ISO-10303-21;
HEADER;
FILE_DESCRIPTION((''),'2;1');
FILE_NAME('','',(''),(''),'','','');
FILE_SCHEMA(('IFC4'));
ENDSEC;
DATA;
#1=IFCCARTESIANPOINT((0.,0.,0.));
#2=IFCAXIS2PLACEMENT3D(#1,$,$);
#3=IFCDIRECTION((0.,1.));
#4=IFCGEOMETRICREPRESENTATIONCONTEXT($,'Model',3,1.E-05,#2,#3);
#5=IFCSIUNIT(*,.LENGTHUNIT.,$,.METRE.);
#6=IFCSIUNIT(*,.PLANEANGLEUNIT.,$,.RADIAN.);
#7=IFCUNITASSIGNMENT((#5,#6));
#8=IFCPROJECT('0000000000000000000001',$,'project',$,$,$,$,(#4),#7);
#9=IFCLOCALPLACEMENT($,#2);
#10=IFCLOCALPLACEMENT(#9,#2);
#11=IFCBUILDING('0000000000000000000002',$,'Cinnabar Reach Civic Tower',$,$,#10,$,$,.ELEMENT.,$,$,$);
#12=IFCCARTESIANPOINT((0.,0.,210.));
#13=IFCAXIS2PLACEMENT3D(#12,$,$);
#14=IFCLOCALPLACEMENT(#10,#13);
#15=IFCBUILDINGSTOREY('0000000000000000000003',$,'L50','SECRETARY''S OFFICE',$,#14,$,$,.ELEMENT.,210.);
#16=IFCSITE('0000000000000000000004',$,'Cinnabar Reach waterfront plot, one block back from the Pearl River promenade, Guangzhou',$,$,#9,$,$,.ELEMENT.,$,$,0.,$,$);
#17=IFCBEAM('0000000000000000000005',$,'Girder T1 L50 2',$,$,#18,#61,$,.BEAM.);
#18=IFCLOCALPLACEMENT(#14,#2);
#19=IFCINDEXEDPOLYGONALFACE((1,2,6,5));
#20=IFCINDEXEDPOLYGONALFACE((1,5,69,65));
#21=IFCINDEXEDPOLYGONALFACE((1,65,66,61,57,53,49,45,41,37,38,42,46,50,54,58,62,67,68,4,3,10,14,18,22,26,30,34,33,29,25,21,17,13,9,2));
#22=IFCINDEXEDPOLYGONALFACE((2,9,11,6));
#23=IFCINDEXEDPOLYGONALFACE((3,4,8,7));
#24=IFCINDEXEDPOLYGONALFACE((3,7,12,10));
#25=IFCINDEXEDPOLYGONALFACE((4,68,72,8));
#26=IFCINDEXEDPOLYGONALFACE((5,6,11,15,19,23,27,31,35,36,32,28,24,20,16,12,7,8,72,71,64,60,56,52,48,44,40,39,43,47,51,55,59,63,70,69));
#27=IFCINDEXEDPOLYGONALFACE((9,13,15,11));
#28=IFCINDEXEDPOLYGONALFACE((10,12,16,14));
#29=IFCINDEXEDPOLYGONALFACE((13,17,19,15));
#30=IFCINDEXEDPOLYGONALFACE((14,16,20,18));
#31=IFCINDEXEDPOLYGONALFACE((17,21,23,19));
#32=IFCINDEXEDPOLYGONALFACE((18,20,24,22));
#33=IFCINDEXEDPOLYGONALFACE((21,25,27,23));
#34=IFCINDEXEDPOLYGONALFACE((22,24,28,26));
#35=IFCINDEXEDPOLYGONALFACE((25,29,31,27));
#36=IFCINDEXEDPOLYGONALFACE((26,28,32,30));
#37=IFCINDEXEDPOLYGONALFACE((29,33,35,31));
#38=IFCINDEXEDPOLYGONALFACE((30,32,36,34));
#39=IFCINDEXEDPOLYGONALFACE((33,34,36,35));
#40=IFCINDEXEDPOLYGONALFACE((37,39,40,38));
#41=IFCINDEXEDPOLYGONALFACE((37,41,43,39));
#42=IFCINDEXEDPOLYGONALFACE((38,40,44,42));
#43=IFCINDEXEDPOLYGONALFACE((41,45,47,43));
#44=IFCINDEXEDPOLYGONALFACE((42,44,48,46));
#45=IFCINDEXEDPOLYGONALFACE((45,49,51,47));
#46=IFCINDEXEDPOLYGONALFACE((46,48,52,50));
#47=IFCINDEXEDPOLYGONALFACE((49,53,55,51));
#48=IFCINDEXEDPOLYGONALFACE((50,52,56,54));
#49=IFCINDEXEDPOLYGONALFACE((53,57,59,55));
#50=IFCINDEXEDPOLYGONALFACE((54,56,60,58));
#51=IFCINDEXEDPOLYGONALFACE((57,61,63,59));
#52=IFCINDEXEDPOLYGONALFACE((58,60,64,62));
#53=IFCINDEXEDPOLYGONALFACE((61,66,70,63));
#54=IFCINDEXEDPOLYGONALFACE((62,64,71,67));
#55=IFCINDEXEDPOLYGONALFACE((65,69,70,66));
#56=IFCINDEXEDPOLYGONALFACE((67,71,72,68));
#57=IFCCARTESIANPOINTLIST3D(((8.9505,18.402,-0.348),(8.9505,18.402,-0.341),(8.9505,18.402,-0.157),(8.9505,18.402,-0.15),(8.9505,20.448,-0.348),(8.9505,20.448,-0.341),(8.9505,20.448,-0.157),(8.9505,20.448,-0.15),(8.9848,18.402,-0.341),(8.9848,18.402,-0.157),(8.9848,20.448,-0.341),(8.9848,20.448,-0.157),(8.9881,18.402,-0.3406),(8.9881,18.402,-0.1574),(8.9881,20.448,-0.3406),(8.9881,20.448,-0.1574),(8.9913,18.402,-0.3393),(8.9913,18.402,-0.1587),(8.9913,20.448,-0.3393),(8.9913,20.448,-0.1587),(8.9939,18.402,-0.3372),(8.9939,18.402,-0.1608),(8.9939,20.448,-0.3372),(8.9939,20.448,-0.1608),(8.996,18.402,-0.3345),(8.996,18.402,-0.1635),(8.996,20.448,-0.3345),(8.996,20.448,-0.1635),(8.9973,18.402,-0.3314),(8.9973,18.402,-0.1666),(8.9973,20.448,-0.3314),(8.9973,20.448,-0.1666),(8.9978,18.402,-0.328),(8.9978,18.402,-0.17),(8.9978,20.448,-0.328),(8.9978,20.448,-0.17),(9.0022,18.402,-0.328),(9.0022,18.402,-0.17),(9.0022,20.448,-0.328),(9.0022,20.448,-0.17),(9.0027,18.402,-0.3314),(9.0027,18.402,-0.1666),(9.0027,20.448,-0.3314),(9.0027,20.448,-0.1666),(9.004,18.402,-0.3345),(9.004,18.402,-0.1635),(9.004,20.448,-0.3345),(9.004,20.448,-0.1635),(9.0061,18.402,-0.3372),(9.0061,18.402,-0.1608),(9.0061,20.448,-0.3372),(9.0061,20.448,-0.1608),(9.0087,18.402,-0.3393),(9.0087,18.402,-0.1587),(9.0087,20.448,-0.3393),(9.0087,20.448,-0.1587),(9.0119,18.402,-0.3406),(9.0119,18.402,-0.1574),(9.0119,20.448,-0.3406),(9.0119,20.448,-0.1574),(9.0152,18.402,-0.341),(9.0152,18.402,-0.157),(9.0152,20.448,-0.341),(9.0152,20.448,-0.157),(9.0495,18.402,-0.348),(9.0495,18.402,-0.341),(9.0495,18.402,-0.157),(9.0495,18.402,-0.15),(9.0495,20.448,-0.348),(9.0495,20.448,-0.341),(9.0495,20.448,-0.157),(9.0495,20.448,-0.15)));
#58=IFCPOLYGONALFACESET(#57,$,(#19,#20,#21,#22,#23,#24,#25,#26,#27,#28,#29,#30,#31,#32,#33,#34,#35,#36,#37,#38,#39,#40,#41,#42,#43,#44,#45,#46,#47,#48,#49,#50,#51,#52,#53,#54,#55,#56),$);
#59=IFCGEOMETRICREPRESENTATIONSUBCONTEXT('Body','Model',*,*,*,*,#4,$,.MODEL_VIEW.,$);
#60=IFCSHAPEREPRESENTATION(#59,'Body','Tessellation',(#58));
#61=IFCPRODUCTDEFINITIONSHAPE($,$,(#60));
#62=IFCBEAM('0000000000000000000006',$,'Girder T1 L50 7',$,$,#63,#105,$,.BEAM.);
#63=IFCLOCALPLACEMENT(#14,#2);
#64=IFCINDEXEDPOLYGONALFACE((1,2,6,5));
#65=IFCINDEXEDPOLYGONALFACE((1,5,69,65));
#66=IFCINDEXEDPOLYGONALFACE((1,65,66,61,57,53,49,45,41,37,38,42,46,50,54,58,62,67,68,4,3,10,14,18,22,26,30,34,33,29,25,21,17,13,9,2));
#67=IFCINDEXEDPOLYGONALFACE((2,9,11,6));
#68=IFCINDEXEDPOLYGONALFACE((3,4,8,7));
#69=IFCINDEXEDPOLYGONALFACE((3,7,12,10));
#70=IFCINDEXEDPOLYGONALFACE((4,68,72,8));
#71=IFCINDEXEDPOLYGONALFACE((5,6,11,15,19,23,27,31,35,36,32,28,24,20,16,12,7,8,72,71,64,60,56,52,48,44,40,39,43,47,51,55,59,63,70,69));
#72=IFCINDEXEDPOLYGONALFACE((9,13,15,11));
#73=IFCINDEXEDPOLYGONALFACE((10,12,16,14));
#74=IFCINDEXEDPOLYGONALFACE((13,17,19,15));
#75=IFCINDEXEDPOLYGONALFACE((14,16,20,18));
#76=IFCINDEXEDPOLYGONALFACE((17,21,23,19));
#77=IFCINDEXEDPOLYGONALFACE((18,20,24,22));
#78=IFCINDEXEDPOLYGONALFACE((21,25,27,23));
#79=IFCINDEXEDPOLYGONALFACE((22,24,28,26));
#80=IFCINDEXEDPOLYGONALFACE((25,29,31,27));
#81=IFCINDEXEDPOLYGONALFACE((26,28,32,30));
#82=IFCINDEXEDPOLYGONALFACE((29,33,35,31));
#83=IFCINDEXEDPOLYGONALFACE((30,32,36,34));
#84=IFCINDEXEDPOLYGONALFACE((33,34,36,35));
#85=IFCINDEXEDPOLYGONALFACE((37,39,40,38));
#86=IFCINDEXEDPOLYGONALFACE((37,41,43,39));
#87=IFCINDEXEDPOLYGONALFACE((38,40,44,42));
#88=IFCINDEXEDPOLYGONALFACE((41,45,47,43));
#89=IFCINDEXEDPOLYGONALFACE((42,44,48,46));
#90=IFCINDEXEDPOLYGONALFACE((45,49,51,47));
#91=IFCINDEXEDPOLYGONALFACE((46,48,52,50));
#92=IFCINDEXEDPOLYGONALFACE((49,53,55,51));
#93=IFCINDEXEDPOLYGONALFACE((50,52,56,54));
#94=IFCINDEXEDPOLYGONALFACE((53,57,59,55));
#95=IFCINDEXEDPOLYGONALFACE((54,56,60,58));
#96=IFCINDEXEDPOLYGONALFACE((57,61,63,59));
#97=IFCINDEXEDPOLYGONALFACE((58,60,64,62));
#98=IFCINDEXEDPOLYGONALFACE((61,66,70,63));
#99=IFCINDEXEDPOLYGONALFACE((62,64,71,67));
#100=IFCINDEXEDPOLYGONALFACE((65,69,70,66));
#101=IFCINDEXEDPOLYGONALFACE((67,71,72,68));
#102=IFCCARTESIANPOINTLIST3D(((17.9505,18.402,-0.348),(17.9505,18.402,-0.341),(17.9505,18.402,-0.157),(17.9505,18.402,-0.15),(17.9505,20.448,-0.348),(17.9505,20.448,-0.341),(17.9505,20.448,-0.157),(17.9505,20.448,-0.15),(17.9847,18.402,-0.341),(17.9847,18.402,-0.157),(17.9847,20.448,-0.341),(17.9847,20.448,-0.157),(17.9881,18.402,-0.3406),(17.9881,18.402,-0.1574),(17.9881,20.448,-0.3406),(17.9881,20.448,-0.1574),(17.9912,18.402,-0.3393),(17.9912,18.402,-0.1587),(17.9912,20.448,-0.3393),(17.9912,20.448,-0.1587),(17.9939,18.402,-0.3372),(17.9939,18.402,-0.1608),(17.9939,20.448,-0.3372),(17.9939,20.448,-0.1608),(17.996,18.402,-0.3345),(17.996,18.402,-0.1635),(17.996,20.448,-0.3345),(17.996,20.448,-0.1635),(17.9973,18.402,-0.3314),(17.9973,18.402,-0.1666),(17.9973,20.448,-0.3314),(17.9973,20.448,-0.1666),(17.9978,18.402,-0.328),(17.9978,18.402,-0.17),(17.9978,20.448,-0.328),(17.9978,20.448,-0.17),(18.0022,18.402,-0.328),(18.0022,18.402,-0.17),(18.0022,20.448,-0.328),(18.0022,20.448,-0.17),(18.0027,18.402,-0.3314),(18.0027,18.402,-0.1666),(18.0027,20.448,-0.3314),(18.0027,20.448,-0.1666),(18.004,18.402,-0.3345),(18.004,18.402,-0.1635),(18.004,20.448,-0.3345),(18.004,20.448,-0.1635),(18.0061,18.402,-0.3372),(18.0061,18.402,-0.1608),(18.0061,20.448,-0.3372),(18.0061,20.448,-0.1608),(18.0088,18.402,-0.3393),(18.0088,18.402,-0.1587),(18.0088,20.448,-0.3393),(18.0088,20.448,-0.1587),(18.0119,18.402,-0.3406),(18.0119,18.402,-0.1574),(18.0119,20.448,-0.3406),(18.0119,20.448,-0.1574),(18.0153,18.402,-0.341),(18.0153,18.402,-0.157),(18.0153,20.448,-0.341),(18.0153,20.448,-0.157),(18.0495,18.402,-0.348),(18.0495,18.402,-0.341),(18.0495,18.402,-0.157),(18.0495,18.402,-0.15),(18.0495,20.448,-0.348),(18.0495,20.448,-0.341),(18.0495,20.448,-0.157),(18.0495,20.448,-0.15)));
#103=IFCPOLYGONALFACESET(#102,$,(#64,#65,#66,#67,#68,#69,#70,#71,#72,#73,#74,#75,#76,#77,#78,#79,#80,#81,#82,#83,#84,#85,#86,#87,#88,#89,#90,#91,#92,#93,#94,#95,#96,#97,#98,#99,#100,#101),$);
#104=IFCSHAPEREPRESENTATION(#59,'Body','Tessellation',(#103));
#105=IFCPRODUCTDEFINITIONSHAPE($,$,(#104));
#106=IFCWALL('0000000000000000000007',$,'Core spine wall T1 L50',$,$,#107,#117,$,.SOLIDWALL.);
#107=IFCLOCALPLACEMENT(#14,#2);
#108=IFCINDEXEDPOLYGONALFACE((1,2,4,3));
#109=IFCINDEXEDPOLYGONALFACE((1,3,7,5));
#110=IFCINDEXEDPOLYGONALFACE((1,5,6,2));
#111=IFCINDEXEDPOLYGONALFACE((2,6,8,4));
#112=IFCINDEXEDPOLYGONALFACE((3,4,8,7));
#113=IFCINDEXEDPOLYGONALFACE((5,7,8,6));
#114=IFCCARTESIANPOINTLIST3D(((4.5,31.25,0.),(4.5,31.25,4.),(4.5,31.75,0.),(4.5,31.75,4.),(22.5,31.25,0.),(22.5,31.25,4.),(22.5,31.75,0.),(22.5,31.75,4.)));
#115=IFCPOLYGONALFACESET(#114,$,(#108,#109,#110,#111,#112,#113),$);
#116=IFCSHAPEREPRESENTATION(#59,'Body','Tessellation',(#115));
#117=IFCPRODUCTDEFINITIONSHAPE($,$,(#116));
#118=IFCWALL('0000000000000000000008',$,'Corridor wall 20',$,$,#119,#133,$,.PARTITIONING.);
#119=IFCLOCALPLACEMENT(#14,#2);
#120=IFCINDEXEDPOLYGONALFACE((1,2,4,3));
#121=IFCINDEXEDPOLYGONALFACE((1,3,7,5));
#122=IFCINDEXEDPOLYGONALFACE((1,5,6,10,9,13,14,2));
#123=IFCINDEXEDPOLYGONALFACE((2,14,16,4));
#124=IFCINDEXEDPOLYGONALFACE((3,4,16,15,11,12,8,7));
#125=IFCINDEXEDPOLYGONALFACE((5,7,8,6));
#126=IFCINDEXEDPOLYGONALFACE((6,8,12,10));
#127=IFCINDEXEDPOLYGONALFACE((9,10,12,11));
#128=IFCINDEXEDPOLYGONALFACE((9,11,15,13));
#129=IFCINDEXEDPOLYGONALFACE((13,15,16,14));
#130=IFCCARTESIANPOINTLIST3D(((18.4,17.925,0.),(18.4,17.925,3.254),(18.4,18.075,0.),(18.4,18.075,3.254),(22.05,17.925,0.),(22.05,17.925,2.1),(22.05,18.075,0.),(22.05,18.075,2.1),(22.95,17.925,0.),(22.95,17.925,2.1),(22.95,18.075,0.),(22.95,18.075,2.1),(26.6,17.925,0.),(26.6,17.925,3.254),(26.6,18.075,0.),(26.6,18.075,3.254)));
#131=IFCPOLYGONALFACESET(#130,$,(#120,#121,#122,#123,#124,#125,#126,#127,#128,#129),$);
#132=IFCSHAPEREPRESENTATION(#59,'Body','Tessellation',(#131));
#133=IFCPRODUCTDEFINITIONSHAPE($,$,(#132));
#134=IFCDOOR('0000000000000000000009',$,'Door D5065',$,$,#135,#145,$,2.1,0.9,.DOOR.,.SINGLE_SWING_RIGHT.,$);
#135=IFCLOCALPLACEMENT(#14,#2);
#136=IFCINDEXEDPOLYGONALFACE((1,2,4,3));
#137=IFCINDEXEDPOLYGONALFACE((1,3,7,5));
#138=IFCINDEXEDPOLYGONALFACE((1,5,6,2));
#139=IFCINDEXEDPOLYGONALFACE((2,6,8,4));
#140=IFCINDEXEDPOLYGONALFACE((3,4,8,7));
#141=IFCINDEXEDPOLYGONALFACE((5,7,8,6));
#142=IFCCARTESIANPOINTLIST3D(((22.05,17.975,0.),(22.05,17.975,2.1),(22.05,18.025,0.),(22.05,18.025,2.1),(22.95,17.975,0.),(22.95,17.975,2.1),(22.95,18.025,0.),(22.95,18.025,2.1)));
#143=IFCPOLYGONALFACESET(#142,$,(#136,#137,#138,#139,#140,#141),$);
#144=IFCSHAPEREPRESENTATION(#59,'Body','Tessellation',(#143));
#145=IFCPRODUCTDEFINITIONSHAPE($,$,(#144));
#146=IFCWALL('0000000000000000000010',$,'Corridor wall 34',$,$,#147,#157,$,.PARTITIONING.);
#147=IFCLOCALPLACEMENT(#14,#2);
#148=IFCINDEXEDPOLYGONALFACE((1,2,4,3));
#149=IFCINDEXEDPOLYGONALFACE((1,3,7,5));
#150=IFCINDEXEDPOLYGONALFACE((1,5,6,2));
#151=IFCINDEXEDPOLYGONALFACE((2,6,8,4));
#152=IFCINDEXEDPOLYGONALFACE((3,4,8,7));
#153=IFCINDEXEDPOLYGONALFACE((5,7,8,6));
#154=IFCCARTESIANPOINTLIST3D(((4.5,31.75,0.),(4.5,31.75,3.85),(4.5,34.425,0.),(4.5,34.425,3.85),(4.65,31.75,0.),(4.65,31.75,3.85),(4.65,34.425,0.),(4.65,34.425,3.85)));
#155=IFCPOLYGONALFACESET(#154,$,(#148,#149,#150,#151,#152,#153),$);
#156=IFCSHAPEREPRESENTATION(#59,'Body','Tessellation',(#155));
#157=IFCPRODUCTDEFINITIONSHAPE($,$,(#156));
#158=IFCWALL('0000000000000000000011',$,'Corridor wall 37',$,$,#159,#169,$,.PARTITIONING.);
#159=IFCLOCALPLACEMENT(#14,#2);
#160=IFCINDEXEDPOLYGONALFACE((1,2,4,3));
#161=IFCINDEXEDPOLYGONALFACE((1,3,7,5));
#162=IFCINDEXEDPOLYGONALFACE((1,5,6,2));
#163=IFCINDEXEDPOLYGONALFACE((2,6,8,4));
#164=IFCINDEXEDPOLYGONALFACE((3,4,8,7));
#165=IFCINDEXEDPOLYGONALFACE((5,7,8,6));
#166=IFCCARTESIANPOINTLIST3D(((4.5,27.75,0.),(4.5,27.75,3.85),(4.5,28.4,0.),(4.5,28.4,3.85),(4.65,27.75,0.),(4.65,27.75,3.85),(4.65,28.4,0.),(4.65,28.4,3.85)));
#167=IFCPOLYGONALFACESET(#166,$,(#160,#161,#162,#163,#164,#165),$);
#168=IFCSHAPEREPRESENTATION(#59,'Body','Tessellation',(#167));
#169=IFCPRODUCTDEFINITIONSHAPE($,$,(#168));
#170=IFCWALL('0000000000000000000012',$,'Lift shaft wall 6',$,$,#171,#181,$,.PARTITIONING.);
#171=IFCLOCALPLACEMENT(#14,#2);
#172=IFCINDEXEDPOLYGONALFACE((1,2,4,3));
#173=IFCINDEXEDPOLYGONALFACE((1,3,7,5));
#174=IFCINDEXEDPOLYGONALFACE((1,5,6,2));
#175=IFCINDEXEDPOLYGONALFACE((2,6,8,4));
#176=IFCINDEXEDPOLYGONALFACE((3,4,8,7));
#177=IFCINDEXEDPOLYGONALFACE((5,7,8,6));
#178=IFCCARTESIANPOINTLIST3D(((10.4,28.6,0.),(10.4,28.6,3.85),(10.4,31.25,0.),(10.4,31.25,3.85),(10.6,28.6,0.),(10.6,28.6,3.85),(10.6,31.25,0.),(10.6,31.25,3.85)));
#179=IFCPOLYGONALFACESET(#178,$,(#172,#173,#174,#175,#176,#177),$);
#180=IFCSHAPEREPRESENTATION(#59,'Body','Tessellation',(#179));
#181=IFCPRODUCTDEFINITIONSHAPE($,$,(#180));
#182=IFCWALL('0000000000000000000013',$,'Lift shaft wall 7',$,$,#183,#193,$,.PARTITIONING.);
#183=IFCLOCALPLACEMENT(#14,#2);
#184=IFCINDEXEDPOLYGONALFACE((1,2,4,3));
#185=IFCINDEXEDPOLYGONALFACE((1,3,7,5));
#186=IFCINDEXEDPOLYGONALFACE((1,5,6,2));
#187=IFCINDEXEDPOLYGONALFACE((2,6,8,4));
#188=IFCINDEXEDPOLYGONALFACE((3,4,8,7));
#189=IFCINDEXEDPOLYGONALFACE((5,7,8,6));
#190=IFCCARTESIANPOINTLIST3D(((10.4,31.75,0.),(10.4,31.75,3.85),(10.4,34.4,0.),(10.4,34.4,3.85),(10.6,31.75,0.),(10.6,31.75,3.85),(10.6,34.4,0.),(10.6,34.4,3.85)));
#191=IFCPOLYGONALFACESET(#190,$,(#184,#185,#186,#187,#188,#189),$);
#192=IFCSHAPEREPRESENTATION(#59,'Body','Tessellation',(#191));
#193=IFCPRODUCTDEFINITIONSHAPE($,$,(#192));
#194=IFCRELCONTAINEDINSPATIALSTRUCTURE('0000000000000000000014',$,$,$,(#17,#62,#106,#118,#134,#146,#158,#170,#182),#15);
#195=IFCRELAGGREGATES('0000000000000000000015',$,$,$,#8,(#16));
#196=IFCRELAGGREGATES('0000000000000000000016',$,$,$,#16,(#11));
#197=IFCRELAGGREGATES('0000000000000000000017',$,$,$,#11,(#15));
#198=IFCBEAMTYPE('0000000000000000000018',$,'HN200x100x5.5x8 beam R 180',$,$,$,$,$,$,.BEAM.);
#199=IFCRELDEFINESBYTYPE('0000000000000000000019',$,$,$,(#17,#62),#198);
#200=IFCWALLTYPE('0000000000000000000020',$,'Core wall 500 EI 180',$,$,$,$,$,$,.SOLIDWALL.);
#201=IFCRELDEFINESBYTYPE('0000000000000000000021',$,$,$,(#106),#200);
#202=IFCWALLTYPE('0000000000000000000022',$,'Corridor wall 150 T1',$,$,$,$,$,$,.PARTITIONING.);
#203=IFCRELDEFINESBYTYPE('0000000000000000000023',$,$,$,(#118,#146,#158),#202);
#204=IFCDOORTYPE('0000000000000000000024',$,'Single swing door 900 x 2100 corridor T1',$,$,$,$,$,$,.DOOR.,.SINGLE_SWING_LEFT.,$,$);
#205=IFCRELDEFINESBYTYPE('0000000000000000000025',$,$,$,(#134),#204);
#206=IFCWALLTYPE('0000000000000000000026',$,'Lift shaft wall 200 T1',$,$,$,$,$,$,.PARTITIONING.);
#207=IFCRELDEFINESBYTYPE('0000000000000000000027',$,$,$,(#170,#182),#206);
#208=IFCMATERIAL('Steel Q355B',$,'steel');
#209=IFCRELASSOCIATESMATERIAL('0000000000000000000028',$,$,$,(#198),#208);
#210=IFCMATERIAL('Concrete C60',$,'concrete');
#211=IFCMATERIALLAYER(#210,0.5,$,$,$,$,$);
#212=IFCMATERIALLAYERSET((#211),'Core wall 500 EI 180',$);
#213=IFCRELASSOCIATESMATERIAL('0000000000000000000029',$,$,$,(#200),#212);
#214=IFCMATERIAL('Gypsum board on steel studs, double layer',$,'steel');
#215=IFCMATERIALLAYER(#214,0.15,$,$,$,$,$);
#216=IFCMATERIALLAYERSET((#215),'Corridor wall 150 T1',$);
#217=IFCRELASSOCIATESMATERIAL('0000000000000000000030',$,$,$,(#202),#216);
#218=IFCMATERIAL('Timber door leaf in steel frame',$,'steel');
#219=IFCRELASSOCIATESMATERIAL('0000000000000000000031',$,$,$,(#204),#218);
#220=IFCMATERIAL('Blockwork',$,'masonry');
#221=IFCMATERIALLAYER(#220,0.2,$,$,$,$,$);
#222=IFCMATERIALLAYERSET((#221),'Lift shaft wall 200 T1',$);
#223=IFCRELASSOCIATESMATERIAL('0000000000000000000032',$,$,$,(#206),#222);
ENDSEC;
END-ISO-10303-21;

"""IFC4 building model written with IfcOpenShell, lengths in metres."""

from ifc_helpers import new_model, si_unit, direction, frame, frame_2d, origin, origin_2d, place, context, subcontext, project, spatial, rectangle, i_section, extrude, material, layer, layer_set, material_profile, profile_set, type_object, element, fill, save


model = new_model("IFC4")

# Units and contexts
model_context = context("Model", 3, precision=1e-05, world=origin(), true_north=direction((0.0, 1.0)))
body_context = subcontext(model_context, "Body", "Model", "MODEL_VIEW")
ifc_project = project(units=[si_unit("LENGTHUNIT", "METRE"), si_unit("PLANEANGLEUNIT", "RADIAN")], contexts=[model_context])

# Site, building, storey
site_placement = place(None, origin())
site = spatial("IfcSite", under=ifc_project, at=site_placement, Name="Cinnabar Reach waterfront plot, one block back from the Pearl River promenade, Guangzhou", CompositionType="ELEMENT", RefElevation=0.0)
building_placement = place(site_placement, origin())
building = spatial("IfcBuilding", under=site, at=building_placement, Name="Cinnabar Reach Civic Tower", CompositionType="ELEMENT")
storey_placement = place(building_placement, frame((0.0, 0.0, 210.0)))
storey = spatial("IfcBuildingStorey", under=building, at=storey_placement, Name="L50", Description="SECRETARY'S OFFICE", CompositionType="ELEMENT", Elevation=210.0)

# Beams
ifc_material_1 = material(Name="Steel Q355B", Category="steel")
ifc_material_profile = material_profile(ifc_material_1, i_section(OverallWidth=0.099, OverallDepth=0.198, WebThickness=0.0045, FlangeThickness=0.007, FilletRadius=0.013, at=origin_2d()), Name="HN200x100x5.5x8")
ifc_profile_set = profile_set([ifc_material_profile], Name="Steel Q355B")
beam_type = type_object("IfcBeamType", Name="HN200x100x5.5x8 beam R 180", PredefinedType="BEAM", material=ifc_profile_set)
for number, where, z_axis, x_axis, name in (
    (1, (9.0, 18.402, -0.249), (0.0, 1.0, 0.0), (-1.0, 0.0, 0.0), "Girder T1 L50 2"),
    (2, (18.0, 18.402, -0.249), (0.0, 1.0, 0.0), (-1.0, 0.0, 0.0), "Girder T1 L50 7"),
):
    element("IfcBeam", number, at=place(storey_placement, frame(where, z_axis=z_axis, x_axis=x_axis)), inside=storey, type_object=beam_type, Name=name, PredefinedType="BEAM", context=body_context, shape_type="SweptSolid", body=[
        extrude(i_section(OverallWidth=0.099, OverallDepth=0.198, WebThickness=0.0045, FlangeThickness=0.007, FilletRadius=0.013, at=origin_2d()), origin(), (0.0, 0.0, 1.0), 2.046),
    ])

# Wall
ifc_material_2 = material(Name="Concrete C60", Category="concrete")
ifc_layer_1 = layer(ifc_material_2, 0.5)
ifc_layer_set_1 = layer_set([ifc_layer_1], Name="Core wall 500 EI 180")
wall_type_1 = type_object("IfcWallType", Name="Core wall 500 EI 180", PredefinedType="SOLIDWALL", material=ifc_layer_set_1)
wall_1_placement = place(storey_placement, frame((4.5, 31.5, 0.0), z_axis=(0.0, 0.0, 1.0), x_axis=(1.0, 0.0, 0.0)))
element("IfcWall", 3, at=wall_1_placement, inside=storey, type_object=wall_type_1, Name="Core spine wall T1 L50", PredefinedType="SOLIDWALL", context=body_context, shape_type="SweptSolid", body=[
    extrude(rectangle(XDim=18.0, YDim=0.5, at=frame_2d((9.0, 0.0))), origin(), (0.0, 0.0, 1.0), 4.0),
])

# Wall, opening, door
ifc_material_3 = material(Name="Gypsum board on steel studs, double layer", Category="steel")
ifc_layer_2 = layer(ifc_material_3, 0.15)
ifc_layer_set_2 = layer_set([ifc_layer_2], Name="Corridor wall 150 T1")
wall_type_2 = type_object("IfcWallType", Name="Corridor wall 150 T1", PredefinedType="PARTITIONING", material=ifc_layer_set_2)
wall_2_placement = place(storey_placement, frame((18.4, 18.0, 0.0), z_axis=(0.0, 0.0, 1.0), x_axis=(1.0, 0.0, 0.0)))
wall_2 = element("IfcWall", 4, at=wall_2_placement, inside=storey, type_object=wall_type_2, Name="Corridor wall 20", PredefinedType="PARTITIONING", context=body_context, shape_type="SweptSolid", body=[
    extrude(rectangle(XDim=8.2, YDim=0.15, at=frame_2d((4.1, 0.0))), origin(), (0.0, 0.0, 1.0), 3.254),
])
opening_placement = place(wall_2_placement, frame((3.65, 0.0, 0.0)))
opening = element("IfcOpeningElement", 5, at=opening_placement, cuts=wall_2, PredefinedType="OPENING", context=body_context, shape_type="SweptSolid", body=[
    extrude(rectangle(XDim=0.9, YDim=2.1, at=frame_2d((0.45, 1.05))), frame((0.0, 0.085, 0.0), z_axis=(0.0, -1.0, 0.0), x_axis=(1.0, 0.0, 0.0)), (0.0, 0.0, 1.0), 0.17),
])
ifc_material_4 = material(Name="Timber door leaf in steel frame", Category="steel")
door_type = type_object("IfcDoorType", Name="Single swing door 900 x 2100 corridor T1", OperationType="SINGLE_SWING_LEFT", PredefinedType="DOOR", material=ifc_material_4)
door_placement = place(opening_placement, frame((0.9, 0.0, 0.0), z_axis=(0.0, 0.0, 1.0), x_axis=(-1.0, 0.0, 0.0)))
door = element("IfcDoor", 6, at=door_placement, inside=storey, type_object=door_type, Name="Door D5065", OperationType="SINGLE_SWING_RIGHT", OverallHeight=2.1, OverallWidth=0.9, PredefinedType="DOOR", context=body_context, shape_type="SweptSolid", body=[
    extrude(rectangle(XDim=0.9, YDim=2.1, at=frame_2d((0.45, 1.05))), frame((0.0, 0.025, 0.0), z_axis=(0.0, -1.0, 0.0), x_axis=(1.0, 0.0, 0.0)), (0.0, 0.0, 1.0), 0.05),
])
fill(opening, door)

# Walls
wall_3_placement = place(storey_placement, frame((4.575, 31.75, 0.0), z_axis=(0.0, 0.0, 1.0), x_axis=(0.0, 1.0, 0.0)))
element("IfcWall", 7, at=wall_3_placement, inside=storey, type_object=wall_type_2, Name="Corridor wall 34", PredefinedType="PARTITIONING", context=body_context, shape_type="SweptSolid", body=[
    extrude(rectangle(XDim=2.675, YDim=0.15, at=frame_2d((1.3375, 0.0))), origin(), (0.0, 0.0, 1.0), 3.85),
])
wall_4_placement = place(storey_placement, frame((4.575, 27.75, 0.0), z_axis=(0.0, 0.0, 1.0), x_axis=(0.0, 1.0, 0.0)))
element("IfcWall", 8, at=wall_4_placement, inside=storey, type_object=wall_type_2, Name="Corridor wall 37", PredefinedType="PARTITIONING", context=body_context, shape_type="SweptSolid", body=[
    extrude(rectangle(XDim=0.65, YDim=0.15, at=frame_2d((0.325, 0.0))), origin(), (0.0, 0.0, 1.0), 3.85),
])
ifc_material_5 = material(Name="Blockwork", Category="masonry")
ifc_layer_3 = layer(ifc_material_5, 0.2)
ifc_layer_set_3 = layer_set([ifc_layer_3], Name="Lift shaft wall 200 T1")
wall_type_3 = type_object("IfcWallType", Name="Lift shaft wall 200 T1", PredefinedType="PARTITIONING", material=ifc_layer_set_3)
for number, where, z_axis, x_axis, name in (
    (9, (10.5, 28.6, 0.0), (0.0, 0.0, 1.0), (0.0, 1.0, 0.0), "Lift shaft wall 6"),
    (10, (10.5, 31.75, 0.0), (0.0, 0.0, 1.0), (0.0, 1.0, 0.0), "Lift shaft wall 7"),
):
    element("IfcWall", number, at=place(storey_placement, frame(where, z_axis=z_axis, x_axis=x_axis)), inside=storey, type_object=wall_type_3, Name=name, PredefinedType="PARTITIONING", context=body_context, shape_type="SweptSolid", body=[
        extrude(rectangle(XDim=2.65, YDim=0.2, at=frame_2d((1.325, 0.0))), origin(), (0.0, 0.0, 1.0), 3.85),
    ])

save(model, "model.ifc")
